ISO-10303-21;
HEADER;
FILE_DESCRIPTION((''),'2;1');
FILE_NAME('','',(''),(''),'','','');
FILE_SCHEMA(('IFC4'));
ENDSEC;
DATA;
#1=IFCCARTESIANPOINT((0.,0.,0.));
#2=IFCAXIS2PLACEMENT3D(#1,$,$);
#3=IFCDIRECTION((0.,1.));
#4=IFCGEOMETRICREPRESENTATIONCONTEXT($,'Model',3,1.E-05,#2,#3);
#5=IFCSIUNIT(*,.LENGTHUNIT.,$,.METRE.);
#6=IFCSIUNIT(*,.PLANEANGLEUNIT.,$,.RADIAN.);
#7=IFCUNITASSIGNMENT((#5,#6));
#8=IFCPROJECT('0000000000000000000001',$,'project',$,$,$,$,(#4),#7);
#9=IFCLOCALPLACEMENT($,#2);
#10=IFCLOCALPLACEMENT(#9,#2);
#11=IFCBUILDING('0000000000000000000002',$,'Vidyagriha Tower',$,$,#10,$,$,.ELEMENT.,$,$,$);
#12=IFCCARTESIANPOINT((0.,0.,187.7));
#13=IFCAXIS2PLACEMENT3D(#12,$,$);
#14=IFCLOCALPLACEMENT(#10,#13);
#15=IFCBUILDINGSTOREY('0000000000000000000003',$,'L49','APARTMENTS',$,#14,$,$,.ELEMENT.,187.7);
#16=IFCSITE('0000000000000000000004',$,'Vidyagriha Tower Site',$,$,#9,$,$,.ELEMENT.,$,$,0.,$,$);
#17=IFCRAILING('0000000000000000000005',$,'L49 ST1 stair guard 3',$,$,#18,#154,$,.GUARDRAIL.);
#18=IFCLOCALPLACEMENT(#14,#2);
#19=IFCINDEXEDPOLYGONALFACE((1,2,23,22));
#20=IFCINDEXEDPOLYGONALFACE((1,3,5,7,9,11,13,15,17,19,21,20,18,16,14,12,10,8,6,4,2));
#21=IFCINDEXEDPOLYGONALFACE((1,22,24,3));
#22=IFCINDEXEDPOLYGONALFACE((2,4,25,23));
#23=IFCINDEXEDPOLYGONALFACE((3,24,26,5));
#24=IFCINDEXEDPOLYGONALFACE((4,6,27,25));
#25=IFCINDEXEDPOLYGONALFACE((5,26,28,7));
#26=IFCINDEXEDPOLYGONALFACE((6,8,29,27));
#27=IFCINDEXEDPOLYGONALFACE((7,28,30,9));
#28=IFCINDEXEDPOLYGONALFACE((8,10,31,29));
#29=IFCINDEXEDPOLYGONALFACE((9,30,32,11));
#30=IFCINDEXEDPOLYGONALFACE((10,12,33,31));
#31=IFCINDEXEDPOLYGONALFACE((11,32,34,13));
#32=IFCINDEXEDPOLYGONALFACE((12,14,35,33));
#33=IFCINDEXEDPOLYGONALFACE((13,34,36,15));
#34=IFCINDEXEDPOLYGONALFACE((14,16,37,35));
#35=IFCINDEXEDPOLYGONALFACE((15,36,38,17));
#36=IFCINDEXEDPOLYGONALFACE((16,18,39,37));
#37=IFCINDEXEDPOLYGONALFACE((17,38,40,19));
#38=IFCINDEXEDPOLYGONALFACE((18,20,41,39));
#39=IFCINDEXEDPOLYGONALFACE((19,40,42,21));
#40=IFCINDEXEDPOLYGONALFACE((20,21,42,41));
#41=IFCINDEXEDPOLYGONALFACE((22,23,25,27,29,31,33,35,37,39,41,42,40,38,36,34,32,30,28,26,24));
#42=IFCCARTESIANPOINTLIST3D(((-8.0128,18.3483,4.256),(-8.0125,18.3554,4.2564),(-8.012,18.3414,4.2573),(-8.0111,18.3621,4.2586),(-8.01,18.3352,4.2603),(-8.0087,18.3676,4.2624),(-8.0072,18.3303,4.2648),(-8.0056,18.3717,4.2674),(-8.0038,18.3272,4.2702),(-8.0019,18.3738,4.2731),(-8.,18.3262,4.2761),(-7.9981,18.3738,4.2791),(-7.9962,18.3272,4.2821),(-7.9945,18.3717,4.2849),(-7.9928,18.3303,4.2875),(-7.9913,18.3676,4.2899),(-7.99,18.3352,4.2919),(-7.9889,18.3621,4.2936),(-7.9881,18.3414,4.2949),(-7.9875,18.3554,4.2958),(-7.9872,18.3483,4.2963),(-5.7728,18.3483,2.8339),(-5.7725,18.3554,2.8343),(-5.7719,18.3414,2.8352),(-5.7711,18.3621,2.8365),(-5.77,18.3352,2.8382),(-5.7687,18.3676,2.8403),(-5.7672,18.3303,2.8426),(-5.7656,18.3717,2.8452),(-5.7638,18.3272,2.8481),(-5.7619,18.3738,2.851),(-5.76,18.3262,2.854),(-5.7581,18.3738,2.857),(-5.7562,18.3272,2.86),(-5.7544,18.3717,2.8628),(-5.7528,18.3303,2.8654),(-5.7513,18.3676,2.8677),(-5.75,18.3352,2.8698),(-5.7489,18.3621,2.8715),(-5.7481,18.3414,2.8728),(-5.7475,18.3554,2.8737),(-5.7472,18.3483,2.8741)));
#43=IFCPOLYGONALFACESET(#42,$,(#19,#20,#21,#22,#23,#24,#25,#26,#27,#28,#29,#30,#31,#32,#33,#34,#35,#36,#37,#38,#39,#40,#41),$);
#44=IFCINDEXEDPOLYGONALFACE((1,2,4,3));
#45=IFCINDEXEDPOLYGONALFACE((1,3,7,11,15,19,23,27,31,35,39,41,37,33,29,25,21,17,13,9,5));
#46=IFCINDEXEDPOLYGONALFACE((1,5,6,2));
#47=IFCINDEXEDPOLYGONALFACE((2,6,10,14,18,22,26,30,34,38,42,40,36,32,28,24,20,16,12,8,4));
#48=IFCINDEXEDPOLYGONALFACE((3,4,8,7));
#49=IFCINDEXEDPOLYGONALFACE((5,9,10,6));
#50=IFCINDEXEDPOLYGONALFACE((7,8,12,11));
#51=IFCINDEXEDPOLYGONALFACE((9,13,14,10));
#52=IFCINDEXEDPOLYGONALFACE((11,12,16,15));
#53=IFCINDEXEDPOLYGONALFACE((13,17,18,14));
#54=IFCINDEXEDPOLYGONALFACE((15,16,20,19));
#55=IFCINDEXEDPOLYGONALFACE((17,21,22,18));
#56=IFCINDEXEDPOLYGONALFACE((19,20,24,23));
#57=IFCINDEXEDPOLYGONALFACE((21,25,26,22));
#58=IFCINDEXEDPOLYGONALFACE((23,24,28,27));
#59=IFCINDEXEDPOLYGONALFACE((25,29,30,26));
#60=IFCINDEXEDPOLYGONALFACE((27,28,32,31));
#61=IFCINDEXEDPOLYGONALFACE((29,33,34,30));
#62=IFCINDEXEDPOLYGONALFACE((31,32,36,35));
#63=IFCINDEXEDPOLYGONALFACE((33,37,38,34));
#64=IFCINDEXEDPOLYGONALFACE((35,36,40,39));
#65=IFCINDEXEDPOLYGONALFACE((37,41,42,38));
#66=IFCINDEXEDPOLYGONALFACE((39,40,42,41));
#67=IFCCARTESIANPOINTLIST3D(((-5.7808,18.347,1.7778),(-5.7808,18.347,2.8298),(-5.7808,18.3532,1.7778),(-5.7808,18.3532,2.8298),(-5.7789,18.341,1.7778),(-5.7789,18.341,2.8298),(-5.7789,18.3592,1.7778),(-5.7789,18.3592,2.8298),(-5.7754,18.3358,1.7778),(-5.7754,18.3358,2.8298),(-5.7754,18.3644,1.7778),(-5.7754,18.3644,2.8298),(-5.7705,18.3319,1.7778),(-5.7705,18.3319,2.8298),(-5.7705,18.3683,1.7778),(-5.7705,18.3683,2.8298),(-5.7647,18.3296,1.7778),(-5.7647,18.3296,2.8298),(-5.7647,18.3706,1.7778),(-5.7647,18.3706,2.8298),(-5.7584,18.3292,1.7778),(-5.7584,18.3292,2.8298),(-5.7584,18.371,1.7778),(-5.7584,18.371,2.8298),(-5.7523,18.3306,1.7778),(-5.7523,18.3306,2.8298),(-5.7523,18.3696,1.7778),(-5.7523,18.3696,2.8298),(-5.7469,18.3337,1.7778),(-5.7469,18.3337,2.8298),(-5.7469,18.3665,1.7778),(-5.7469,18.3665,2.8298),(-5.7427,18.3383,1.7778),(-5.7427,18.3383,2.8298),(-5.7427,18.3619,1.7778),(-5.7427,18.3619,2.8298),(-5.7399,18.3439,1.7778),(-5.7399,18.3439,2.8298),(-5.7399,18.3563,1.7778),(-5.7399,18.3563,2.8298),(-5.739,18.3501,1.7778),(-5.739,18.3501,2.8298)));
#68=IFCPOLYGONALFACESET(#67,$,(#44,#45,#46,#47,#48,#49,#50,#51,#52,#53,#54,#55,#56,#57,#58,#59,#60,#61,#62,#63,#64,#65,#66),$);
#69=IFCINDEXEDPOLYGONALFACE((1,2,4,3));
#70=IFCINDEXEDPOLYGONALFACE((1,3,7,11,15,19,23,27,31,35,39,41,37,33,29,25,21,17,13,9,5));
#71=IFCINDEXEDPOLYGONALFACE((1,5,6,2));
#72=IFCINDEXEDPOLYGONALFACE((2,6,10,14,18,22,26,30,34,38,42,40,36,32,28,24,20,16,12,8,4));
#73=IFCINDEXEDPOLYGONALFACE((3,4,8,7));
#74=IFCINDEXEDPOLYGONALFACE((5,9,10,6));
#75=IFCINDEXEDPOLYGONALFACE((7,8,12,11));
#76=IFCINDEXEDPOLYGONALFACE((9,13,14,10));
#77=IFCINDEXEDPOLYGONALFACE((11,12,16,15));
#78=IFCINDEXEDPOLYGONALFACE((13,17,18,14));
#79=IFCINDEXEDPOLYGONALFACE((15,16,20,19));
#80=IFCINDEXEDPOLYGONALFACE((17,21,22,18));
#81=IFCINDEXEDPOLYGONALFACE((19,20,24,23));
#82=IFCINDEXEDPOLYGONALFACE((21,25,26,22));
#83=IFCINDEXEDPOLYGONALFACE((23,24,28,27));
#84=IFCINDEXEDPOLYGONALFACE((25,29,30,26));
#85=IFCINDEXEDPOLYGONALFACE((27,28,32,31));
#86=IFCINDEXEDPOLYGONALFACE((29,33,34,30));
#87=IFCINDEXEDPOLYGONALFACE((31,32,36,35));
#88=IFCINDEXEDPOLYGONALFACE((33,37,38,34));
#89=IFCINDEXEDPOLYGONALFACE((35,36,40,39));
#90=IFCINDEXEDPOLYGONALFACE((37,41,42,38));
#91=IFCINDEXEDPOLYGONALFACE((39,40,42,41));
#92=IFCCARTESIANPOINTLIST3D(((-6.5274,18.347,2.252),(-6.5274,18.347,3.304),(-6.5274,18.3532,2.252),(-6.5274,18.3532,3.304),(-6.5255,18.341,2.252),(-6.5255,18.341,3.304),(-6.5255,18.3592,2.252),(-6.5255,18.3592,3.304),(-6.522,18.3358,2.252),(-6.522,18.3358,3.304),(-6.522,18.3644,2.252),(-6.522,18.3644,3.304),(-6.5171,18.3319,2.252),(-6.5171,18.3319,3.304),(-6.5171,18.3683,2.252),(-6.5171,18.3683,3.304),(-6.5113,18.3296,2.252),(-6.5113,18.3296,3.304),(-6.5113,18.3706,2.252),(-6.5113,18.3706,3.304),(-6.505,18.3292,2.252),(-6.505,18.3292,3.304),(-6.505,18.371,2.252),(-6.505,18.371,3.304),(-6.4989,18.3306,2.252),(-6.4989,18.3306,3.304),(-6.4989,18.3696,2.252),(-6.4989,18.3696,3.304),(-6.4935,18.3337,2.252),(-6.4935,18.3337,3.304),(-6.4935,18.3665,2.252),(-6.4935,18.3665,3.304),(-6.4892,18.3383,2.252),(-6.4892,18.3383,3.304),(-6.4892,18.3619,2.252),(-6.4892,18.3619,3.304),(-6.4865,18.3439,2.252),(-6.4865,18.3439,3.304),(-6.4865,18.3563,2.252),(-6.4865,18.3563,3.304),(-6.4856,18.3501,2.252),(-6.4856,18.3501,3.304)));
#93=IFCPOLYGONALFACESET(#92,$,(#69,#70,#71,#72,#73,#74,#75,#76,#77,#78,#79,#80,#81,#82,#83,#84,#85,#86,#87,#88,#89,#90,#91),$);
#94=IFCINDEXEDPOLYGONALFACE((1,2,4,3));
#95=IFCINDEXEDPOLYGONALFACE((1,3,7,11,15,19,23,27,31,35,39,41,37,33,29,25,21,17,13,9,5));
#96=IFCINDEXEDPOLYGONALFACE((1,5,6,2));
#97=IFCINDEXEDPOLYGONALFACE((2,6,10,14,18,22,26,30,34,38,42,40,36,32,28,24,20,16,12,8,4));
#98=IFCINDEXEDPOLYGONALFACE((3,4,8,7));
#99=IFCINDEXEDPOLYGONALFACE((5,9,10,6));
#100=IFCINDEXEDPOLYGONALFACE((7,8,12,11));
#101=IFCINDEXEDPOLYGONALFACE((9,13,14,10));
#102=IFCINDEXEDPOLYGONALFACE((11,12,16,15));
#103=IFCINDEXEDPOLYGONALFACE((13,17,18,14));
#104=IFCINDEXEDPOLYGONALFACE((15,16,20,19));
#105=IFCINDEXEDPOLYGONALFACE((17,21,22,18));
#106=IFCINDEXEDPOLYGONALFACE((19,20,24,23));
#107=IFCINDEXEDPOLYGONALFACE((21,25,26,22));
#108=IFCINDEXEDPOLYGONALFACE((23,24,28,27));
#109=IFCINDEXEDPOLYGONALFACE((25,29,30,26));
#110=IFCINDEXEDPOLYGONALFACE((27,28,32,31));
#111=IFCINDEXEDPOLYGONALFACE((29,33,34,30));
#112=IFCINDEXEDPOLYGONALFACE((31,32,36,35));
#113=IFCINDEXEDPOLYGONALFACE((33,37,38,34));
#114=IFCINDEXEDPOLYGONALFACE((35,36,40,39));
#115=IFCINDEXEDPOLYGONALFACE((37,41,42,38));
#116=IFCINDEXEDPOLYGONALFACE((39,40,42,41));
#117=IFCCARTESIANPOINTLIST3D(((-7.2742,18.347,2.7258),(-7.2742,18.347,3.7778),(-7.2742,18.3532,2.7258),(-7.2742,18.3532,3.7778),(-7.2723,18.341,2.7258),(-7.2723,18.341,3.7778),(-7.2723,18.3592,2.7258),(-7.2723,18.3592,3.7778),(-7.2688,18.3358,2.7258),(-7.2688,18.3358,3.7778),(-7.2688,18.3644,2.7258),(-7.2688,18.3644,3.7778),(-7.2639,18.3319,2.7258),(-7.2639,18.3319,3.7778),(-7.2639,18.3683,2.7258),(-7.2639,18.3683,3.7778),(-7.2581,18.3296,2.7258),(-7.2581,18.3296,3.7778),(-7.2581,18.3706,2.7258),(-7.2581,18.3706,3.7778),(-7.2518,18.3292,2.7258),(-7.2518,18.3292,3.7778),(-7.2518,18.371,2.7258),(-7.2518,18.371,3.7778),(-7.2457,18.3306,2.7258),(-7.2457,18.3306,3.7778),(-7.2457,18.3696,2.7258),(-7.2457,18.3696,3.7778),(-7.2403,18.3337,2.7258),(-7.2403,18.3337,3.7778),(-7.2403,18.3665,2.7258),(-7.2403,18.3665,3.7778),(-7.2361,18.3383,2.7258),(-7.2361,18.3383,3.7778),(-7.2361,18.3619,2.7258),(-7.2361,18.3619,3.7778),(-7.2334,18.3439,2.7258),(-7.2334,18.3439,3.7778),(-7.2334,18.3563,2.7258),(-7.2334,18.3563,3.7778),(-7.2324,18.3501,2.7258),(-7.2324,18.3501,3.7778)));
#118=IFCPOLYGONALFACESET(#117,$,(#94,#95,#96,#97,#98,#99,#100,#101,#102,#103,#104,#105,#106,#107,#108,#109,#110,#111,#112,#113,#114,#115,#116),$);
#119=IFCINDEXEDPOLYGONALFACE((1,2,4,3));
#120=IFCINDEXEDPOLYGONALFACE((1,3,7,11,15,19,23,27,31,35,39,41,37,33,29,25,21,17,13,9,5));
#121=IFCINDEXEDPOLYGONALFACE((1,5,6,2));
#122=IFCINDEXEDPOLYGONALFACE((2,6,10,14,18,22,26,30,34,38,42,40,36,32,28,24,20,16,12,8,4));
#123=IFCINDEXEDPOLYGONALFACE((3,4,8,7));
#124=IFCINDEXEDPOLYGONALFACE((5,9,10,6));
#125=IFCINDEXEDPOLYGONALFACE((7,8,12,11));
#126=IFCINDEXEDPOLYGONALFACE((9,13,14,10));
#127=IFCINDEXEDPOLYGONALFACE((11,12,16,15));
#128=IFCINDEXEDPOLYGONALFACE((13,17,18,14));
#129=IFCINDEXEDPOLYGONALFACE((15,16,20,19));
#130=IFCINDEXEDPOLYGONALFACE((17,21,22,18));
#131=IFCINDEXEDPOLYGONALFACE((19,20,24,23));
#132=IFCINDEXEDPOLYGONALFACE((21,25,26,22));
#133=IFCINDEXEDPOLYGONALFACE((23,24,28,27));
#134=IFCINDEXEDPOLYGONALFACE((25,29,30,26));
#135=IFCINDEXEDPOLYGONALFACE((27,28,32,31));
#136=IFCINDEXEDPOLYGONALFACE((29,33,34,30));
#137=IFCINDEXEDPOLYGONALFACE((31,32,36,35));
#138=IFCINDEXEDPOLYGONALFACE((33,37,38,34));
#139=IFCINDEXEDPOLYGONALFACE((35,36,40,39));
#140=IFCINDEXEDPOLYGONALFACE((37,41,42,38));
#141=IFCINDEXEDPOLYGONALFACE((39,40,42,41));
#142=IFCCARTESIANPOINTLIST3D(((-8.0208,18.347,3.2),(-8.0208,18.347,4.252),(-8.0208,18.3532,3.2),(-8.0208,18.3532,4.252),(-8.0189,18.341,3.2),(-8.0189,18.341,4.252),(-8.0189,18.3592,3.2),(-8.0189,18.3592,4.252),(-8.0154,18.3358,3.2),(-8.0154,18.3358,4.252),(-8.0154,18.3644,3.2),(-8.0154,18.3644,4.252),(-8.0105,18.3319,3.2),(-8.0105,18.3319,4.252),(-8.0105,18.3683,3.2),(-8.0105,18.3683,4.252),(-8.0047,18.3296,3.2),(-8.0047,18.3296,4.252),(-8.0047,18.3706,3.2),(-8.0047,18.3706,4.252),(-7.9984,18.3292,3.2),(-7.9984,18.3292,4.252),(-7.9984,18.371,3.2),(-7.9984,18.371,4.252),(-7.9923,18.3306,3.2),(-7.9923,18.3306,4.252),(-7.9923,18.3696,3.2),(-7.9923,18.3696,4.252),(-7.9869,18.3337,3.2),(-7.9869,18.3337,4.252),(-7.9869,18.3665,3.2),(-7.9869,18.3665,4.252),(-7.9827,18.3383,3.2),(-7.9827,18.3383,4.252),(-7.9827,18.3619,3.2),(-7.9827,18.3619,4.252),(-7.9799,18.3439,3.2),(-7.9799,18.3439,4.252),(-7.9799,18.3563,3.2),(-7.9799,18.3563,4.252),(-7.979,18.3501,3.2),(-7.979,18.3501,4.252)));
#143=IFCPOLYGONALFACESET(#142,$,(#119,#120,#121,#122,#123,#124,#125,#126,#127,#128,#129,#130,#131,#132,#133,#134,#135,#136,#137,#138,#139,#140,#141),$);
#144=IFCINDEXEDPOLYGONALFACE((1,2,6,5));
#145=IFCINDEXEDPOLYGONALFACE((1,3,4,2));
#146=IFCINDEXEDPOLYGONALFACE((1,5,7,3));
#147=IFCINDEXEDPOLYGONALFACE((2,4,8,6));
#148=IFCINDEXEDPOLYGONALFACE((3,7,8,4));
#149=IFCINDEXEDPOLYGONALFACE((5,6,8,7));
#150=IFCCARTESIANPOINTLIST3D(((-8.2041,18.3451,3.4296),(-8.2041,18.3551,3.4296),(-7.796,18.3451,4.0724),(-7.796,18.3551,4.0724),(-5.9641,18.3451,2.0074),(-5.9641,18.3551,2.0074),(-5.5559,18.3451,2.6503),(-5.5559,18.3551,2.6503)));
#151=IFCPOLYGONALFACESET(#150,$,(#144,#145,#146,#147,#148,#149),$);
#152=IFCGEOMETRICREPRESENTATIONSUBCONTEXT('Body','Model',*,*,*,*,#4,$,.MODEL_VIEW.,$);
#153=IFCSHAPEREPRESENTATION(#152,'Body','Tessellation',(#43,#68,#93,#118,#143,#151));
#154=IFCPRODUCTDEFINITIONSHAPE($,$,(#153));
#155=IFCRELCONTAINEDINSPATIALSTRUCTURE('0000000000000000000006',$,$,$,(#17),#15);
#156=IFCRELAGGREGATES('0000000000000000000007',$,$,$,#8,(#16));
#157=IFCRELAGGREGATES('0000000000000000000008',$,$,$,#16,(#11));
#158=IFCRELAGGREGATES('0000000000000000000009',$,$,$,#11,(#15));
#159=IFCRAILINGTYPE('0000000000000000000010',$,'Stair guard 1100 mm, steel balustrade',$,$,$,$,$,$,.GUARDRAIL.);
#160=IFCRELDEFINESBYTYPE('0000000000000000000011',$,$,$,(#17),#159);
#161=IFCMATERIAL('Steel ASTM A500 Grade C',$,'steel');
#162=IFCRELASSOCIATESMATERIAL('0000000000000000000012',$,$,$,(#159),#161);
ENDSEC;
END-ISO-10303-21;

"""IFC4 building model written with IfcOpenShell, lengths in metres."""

from ifc_helpers import new_model, si_unit, direction, frame, origin, origin_2d, place, context, subcontext, project, spatial, rectangle, circle, extrude, material, type_object, element, save


model = new_model("IFC4")

# Units and contexts
model_context = context("Model", 3, precision=1e-05, world=origin(), true_north=direction((0.0, 1.0)))
body_context = subcontext(model_context, "Body", "Model", "MODEL_VIEW")
ifc_project = project(units=[si_unit("LENGTHUNIT", "METRE"), si_unit("PLANEANGLEUNIT", "RADIAN")], contexts=[model_context])

# Site, building, storey
site_placement = place(None, origin())
site = spatial("IfcSite", under=ifc_project, at=site_placement, Name="Vidyagriha Tower Site", CompositionType="ELEMENT", RefElevation=0.0)
building_placement = place(site_placement, origin())
building = spatial("IfcBuilding", under=site, at=building_placement, Name="Vidyagriha Tower", CompositionType="ELEMENT")
storey_placement = place(building_placement, frame((0.0, 0.0, 187.7)))
storey = spatial("IfcBuildingStorey", under=building, at=storey_placement, Name="L49", Description="APARTMENTS", CompositionType="ELEMENT", Elevation=187.7)

# Railing
ifc_material_1 = material(Name="Steel ASTM A500 Grade C", Category="steel")
railing_type_1 = type_object("IfcRailingType", Name="Stair guard 1100 mm, steel balustrade", PredefinedType="GUARDRAIL", material=ifc_material_1)
railing_1_placement = place(storey_placement, frame((-5.76, 18.3501, 1.7778)))
element("IfcRailing", 1, at=railing_1_placement, inside=storey, type_object=railing_type_1, Name="L49 ST1 stair guard 3", PredefinedType="GUARDRAIL", context=body_context, shape_type="SweptSolid", body=[
    extrude(circle(Radius=0.0239, at=origin_2d()), frame((0.0, 0.0, 1.0762), z_axis=(-0.844229, 0.0, 0.535982), x_axis=(0.0, -1.0, 0.0)), (0.0, 0.0, 1.0), 2.6533),
    extrude(circle(Radius=0.021, at=origin_2d()), origin(), (0.0, 0.0, 1.0), 1.052),
    extrude(circle(Radius=0.021, at=origin_2d()), frame((-0.7466, 0.0, 0.4741)), (0.0, 0.0, 1.0), 1.052),
    extrude(circle(Radius=0.021, at=origin_2d()), frame((-1.4934, 0.0, 0.948)), (0.0, 0.0, 1.0), 1.052),
    extrude(circle(Radius=0.021, at=origin_2d()), frame((-2.24, 0.0, 1.4221)), (0.0, 0.0, 1.0), 1.052),
    extrude(rectangle(XDim=0.01, YDim=0.7615, at=origin_2d()), frame((0.0, 0.0, 0.551), z_axis=(-0.844229, 0.0, 0.535982), x_axis=(0.0, -1.0, 0.0)), (0.0, 0.0, 1.0), 2.6533),
])

save(model, "model.ifc")
